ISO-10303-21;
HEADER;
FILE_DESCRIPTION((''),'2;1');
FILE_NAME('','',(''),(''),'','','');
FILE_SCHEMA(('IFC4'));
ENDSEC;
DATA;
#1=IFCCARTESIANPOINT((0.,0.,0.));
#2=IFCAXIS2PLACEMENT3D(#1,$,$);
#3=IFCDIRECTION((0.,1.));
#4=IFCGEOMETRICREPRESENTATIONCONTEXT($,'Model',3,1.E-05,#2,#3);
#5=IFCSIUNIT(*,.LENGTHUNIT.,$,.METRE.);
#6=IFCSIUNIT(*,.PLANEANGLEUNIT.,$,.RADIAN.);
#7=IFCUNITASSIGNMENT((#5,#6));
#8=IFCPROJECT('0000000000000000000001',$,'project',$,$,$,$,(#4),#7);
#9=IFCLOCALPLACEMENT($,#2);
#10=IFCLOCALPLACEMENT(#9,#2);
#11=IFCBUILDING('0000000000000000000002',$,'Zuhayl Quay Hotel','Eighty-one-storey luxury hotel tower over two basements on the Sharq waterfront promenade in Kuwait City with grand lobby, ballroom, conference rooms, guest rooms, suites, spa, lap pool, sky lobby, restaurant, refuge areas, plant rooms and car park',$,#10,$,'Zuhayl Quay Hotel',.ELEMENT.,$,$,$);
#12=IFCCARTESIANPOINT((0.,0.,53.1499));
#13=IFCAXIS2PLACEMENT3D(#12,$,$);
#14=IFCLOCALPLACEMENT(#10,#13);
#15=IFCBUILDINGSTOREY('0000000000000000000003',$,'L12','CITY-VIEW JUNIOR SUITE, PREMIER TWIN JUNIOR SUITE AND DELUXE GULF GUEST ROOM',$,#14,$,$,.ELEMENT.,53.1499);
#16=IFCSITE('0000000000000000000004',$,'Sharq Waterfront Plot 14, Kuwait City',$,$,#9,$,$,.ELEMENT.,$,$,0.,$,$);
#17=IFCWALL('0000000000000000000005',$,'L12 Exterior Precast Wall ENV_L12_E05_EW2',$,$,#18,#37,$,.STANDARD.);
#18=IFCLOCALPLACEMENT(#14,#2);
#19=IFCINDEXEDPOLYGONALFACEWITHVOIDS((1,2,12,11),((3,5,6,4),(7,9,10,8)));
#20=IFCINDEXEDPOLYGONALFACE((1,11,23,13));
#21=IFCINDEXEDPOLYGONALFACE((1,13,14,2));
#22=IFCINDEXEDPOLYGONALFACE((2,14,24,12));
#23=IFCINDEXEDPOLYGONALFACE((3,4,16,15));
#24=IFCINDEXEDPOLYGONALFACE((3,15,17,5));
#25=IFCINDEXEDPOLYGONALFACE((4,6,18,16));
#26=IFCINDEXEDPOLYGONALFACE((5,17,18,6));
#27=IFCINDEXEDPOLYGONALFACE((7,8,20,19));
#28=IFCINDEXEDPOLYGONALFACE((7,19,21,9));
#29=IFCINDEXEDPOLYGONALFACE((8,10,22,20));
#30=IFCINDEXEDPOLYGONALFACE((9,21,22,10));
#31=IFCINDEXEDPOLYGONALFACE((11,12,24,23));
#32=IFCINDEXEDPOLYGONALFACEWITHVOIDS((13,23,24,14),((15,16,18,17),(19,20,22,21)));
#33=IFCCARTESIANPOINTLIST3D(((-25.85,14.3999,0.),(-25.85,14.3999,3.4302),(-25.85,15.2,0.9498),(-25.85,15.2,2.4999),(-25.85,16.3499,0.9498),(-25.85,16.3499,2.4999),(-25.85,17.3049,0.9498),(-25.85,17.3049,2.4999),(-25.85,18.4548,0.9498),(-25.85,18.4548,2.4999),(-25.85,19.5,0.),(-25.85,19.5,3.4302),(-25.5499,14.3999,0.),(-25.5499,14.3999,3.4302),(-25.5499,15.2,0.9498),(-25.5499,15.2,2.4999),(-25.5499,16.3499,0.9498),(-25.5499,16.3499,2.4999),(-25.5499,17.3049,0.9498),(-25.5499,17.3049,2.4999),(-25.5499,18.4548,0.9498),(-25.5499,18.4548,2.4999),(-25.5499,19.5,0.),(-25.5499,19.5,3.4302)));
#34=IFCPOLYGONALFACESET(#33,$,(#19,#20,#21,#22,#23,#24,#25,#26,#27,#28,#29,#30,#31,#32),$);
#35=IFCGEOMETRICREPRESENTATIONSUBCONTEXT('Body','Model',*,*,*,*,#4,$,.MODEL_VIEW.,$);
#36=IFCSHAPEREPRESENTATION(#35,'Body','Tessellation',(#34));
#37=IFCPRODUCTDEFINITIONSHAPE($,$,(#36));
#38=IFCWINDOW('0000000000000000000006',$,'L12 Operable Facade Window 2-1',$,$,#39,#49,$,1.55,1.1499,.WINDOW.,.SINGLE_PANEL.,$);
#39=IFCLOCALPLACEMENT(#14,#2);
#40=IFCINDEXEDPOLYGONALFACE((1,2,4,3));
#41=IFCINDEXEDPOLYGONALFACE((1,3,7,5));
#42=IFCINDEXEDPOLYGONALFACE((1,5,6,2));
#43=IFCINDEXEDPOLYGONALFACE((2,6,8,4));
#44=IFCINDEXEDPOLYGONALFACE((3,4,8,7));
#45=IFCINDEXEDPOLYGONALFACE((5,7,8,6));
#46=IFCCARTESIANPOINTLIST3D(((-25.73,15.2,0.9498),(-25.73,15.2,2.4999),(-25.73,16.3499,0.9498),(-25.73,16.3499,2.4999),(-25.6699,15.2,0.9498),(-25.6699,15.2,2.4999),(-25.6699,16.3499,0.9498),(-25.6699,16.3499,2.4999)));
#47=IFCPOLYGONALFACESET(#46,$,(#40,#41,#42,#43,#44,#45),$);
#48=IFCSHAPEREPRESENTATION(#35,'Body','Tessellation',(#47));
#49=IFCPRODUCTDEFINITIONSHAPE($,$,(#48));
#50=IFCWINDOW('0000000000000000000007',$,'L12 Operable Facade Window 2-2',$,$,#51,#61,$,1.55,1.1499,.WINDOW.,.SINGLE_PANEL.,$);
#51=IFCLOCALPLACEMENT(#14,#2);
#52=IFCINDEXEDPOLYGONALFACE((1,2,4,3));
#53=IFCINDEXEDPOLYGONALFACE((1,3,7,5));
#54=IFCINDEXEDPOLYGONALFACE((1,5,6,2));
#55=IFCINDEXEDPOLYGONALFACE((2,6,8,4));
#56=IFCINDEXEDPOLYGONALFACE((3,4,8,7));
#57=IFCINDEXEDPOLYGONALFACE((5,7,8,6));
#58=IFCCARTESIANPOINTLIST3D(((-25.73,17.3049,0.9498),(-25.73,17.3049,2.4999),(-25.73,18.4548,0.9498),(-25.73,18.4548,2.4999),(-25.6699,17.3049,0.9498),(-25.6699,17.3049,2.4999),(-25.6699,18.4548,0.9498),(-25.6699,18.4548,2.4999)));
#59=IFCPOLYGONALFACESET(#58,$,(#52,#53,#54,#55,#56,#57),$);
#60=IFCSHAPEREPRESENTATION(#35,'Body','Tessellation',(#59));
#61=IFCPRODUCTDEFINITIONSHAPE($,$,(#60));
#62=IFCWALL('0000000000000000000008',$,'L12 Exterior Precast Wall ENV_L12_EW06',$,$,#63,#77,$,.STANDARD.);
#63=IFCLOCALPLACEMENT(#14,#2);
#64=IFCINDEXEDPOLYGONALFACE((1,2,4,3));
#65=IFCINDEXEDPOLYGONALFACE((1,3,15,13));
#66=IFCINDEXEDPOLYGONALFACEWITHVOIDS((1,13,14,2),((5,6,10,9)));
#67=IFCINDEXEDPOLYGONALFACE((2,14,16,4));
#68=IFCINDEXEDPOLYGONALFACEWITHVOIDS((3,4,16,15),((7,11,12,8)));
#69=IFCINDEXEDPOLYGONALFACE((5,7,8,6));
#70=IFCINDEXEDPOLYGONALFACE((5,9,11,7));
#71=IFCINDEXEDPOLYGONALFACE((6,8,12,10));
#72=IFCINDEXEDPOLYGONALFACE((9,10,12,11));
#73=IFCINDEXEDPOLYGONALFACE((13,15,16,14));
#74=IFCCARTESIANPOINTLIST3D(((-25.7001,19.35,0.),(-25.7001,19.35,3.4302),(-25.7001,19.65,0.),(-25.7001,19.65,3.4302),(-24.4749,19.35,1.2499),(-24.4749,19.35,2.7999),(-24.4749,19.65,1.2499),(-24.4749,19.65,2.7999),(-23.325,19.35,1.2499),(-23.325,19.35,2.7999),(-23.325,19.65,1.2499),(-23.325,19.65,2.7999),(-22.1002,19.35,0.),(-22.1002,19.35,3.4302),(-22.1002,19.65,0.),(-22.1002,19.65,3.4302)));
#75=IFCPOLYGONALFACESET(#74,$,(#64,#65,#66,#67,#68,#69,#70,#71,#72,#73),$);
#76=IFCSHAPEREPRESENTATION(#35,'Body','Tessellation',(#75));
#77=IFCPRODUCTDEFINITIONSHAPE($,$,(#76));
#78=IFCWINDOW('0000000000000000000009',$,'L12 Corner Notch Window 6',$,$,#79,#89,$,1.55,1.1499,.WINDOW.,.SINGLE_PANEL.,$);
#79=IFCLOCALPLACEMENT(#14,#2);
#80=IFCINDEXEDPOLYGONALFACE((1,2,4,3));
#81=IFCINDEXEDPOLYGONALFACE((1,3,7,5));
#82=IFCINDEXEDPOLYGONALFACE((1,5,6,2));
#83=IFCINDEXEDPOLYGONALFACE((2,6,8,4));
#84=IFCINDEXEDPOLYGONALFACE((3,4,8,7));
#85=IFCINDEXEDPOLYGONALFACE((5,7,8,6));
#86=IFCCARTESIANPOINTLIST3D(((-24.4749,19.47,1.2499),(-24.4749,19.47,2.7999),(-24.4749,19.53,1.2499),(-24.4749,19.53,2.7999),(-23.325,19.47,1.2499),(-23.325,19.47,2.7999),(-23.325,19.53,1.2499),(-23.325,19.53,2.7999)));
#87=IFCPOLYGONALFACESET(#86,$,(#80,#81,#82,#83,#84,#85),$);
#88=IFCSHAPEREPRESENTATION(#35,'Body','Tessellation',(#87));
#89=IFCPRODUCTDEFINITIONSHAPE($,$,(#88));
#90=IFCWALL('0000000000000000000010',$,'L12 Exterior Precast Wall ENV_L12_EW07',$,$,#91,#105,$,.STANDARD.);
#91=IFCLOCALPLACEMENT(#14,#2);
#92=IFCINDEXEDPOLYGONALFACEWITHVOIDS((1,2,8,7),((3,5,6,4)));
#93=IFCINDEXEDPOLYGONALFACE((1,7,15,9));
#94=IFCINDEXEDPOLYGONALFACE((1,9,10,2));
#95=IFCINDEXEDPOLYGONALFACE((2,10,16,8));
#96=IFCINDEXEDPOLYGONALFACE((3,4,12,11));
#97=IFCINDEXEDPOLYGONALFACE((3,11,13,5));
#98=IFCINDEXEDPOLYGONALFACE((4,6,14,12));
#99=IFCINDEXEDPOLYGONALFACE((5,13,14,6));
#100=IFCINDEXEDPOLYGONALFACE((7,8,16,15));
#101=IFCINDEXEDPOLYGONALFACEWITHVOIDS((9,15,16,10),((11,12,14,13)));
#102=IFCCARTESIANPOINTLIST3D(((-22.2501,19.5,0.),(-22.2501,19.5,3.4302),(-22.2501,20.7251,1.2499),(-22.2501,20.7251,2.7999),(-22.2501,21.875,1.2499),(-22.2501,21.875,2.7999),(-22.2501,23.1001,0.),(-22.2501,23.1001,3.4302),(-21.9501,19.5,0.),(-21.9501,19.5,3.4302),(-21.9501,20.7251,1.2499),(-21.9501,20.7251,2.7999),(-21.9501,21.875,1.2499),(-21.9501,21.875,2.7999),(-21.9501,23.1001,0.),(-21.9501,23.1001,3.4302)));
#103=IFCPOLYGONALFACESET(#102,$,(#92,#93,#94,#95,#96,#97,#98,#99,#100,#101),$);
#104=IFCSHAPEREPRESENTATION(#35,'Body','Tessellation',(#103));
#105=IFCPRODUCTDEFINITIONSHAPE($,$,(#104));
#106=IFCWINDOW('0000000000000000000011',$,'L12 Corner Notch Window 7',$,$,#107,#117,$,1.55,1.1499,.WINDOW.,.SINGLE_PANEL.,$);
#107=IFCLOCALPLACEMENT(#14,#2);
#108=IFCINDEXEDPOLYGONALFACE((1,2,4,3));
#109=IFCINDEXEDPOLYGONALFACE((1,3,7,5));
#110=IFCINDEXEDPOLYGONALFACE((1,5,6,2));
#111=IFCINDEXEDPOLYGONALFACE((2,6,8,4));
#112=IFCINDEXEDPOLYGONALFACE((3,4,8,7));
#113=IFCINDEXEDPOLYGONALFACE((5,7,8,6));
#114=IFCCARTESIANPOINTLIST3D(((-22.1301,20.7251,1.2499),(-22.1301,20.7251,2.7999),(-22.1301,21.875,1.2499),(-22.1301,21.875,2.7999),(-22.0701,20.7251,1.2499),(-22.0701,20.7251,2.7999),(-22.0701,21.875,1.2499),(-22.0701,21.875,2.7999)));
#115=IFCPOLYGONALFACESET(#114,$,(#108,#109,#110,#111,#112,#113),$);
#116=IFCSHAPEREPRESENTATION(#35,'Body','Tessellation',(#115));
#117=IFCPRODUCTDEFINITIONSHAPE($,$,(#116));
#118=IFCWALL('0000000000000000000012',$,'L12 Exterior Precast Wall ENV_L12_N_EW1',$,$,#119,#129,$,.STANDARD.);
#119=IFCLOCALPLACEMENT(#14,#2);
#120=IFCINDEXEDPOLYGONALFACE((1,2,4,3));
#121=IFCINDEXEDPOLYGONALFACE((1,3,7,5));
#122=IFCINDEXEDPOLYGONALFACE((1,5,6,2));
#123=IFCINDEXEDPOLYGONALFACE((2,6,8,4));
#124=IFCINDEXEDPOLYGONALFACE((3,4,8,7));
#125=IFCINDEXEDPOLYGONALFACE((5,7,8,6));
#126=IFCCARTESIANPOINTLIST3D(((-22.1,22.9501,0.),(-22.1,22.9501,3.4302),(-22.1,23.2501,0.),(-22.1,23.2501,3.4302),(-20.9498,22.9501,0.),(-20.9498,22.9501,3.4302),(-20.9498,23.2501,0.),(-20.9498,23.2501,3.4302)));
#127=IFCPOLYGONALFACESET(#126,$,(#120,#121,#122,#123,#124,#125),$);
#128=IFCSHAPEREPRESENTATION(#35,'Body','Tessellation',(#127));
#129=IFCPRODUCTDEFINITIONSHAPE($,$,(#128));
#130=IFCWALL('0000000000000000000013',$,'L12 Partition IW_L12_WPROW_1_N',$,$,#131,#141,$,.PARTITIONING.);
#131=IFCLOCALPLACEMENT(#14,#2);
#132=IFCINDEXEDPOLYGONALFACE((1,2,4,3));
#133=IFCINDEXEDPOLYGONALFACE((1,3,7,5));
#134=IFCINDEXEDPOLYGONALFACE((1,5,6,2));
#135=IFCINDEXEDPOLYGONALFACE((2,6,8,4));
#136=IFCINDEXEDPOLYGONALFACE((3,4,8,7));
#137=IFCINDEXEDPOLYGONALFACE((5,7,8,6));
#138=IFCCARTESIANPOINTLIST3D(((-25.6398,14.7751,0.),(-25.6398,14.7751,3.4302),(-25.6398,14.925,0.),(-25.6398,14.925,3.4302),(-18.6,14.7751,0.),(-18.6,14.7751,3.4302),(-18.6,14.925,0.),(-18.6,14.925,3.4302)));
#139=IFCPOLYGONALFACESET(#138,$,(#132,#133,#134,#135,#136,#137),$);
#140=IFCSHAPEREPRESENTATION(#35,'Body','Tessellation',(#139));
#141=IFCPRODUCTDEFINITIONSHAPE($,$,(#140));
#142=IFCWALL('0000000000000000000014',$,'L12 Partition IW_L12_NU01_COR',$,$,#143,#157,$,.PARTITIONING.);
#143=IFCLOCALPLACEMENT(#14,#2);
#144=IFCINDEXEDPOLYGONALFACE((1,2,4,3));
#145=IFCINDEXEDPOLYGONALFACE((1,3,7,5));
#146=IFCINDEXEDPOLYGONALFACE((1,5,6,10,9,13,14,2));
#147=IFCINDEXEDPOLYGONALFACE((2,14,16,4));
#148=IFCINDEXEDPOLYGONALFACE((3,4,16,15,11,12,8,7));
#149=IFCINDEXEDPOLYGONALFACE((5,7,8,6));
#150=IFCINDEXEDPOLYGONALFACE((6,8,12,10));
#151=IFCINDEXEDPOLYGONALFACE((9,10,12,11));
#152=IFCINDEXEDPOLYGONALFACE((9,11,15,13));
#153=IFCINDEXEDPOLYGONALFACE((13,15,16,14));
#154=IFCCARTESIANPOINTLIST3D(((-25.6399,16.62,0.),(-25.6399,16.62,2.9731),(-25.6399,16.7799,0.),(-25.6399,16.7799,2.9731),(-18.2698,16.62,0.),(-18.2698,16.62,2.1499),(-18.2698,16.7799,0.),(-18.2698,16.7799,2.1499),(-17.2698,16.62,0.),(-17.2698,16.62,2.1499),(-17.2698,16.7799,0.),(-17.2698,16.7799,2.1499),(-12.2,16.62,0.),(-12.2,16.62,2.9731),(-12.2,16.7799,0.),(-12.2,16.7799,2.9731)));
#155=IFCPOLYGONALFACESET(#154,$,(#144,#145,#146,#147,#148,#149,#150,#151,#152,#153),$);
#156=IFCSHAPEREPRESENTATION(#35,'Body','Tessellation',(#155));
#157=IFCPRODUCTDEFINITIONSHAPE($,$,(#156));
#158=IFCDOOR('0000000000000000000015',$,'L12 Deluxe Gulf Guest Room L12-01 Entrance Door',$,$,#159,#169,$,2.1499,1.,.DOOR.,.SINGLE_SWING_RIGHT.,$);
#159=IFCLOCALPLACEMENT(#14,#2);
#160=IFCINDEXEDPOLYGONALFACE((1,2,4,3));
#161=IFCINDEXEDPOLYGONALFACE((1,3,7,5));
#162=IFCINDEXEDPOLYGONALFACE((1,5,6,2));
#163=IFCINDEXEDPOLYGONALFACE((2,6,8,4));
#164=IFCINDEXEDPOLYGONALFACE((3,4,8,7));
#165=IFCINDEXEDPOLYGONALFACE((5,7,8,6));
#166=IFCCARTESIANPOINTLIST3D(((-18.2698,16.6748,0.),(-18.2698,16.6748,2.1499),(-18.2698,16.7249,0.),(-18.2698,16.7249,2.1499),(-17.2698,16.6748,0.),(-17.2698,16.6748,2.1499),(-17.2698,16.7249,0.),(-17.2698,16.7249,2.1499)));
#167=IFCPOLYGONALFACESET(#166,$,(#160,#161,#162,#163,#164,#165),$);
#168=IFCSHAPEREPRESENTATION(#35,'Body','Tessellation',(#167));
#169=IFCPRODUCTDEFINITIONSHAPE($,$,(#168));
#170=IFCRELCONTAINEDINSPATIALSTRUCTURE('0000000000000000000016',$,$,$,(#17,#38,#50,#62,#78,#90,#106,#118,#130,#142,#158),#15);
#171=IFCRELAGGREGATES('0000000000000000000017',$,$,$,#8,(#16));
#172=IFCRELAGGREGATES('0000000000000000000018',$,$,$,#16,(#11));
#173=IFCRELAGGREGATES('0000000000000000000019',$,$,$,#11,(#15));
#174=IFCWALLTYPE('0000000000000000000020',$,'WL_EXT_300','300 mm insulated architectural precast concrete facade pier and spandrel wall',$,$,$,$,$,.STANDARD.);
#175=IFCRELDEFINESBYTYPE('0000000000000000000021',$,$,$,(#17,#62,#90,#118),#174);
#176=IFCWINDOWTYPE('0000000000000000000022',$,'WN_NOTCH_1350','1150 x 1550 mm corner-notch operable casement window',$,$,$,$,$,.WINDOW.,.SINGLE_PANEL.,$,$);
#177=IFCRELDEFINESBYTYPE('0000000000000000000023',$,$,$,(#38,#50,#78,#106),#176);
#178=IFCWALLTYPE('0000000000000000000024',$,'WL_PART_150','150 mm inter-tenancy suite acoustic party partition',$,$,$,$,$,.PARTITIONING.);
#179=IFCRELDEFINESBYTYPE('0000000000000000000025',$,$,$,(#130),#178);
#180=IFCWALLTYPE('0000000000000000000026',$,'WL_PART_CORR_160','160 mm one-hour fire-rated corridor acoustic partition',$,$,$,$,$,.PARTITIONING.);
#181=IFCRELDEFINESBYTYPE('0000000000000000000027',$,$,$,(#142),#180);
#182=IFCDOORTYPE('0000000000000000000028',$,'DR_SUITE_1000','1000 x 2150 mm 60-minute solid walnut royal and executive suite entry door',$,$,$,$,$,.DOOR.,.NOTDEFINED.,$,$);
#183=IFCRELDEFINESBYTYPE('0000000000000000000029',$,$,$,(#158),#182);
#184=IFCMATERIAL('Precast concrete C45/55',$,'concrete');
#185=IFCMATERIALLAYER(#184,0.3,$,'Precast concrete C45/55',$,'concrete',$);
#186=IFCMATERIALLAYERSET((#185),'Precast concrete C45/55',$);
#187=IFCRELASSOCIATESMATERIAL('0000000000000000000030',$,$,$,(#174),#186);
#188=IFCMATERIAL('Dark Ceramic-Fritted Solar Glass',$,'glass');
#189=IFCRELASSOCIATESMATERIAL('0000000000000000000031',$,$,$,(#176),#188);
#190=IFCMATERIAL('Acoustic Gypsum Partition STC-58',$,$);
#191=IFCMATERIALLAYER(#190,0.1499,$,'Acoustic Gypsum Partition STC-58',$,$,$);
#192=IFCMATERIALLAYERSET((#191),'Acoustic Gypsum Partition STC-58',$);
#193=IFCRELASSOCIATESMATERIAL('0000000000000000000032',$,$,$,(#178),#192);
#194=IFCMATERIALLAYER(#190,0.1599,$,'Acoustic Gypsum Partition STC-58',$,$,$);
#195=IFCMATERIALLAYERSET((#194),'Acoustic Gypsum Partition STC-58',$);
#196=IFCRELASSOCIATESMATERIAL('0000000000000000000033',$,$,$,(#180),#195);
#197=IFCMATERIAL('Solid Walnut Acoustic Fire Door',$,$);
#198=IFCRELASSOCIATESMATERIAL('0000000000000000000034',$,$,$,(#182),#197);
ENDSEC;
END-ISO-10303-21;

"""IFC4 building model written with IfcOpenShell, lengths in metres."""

from ifc_helpers import new_model, si_unit, direction, frame, frame_2d, origin, place, context, subcontext, project, spatial, rectangle, extrude, material, layer, layer_set, type_object, element, fill, save


model = new_model("IFC4")

# Units and contexts
model_context = context("Model", 3, precision=1e-05, world=origin(), true_north=direction((0.0, 1.0)))
body_context = subcontext(model_context, "Body", "Model", "MODEL_VIEW")
ifc_project = project(units=[si_unit("LENGTHUNIT", "METRE"), si_unit("PLANEANGLEUNIT", "RADIAN")], contexts=[model_context])

# Site, building, storey
site_placement = place(None, origin())
site = spatial("IfcSite", under=ifc_project, at=site_placement, Name="Sharq Waterfront Plot 14, Kuwait City", CompositionType="ELEMENT", RefElevation=0.0)
building_placement = place(site_placement, origin())
building = spatial("IfcBuilding", under=site, at=building_placement, Name="Zuhayl Quay Hotel", Description="Eighty-one-storey luxury hotel tower over two basements on the Sharq waterfront promenade in Kuwait City with grand lobby, ballroom, conference rooms, guest rooms, suites, spa, lap pool, sky lobby, restaurant, refuge areas, plant rooms and car park", LongName="Zuhayl Quay Hotel", CompositionType="ELEMENT")
storey_placement = place(building_placement, frame((0.0, 0.0, 53.1499)))
storey = spatial("IfcBuildingStorey", under=building, at=storey_placement, Name="L12", Description="CITY-VIEW JUNIOR SUITE, PREMIER TWIN JUNIOR SUITE AND DELUXE GULF GUEST ROOM", CompositionType="ELEMENT", Elevation=53.1499)

# Wall, openings, windows
ifc_material_1 = material(Name="Precast concrete C45/55", Category="concrete")
ifc_layer_1 = layer(ifc_material_1, 0.3, Name="Precast concrete C45/55", Category="concrete")
ifc_layer_set_1 = layer_set([ifc_layer_1], Name="Precast concrete C45/55")
wall_type_1 = type_object("IfcWallType", Name="WL_EXT_300", Description="300 mm insulated architectural precast concrete facade pier and spandrel wall", PredefinedType="STANDARD", material=ifc_layer_set_1)
wall_1_placement = place(storey_placement, frame((-25.7, 14.3999, 0.0), z_axis=(0.0, 0.0, 1.0), x_axis=(0.0, 1.0, 0.0)))
wall_1 = element("IfcWall", 1, at=wall_1_placement, inside=storey, type_object=wall_type_1, Name="L12 Exterior Precast Wall ENV_L12_E05_EW2", PredefinedType="STANDARD", context=body_context, shape_type="SweptSolid", body=[
    extrude(rectangle(XDim=5.1001, YDim=0.3, at=frame_2d((2.55, 0.0))), origin(), (0.0, 0.0, 1.0), 3.4302),
])
opening_1_placement = place(wall_1_placement, frame((0.8, 0.0, 0.95)))
opening_1 = element("IfcOpeningElement", 2, at=opening_1_placement, cuts=wall_1, PredefinedType="OPENING", context=body_context, shape_type="SweptSolid", body=[
    extrude(rectangle(XDim=1.1499, YDim=1.55, at=frame_2d((0.575, 0.7749))), frame((0.0, 0.1599, 0.0), z_axis=(0.0, -1.0, 0.0), x_axis=(1.0, 0.0, 0.0)), (0.0, 0.0, 1.0), 0.3201),
])
opening_2_placement = place(wall_1_placement, frame((2.905, 0.0, 0.95)))
opening_2 = element("IfcOpeningElement", 3, at=opening_2_placement, cuts=wall_1, PredefinedType="OPENING", context=body_context, shape_type="SweptSolid", body=[
    extrude(rectangle(XDim=1.1499, YDim=1.55, at=frame_2d((0.575, 0.7749))), frame((0.0, 0.1599, 0.0), z_axis=(0.0, -1.0, 0.0), x_axis=(1.0, 0.0, 0.0)), (0.0, 0.0, 1.0), 0.3201),
])
ifc_material_2 = material(Name="Dark Ceramic-Fritted Solar Glass", Category="glass")
window_type = type_object("IfcWindowType", Name="WN_NOTCH_1350", Description="1150 x 1550 mm corner-notch operable casement window", PartitioningType="SINGLE_PANEL", PredefinedType="WINDOW", material=ifc_material_2)
window_1_placement = place(opening_1_placement, origin())
window_1 = element("IfcWindow", 4, at=window_1_placement, inside=storey, type_object=window_type, Name="L12 Operable Facade Window 2-1", OverallHeight=1.55, OverallWidth=1.1499, PartitioningType="SINGLE_PANEL", PredefinedType="WINDOW", context=body_context, shape_type="SweptSolid", body=[
    extrude(rectangle(XDim=1.1499, YDim=1.55, at=frame_2d((0.575, 0.7749))), frame((0.0, 0.03, 0.0), z_axis=(0.0, -1.0, 0.0), x_axis=(1.0, 0.0, 0.0)), (0.0, 0.0, 1.0), 0.0601),
])
fill(opening_1, window_1)
window_2_placement = place(opening_2_placement, origin())
window_2 = element("IfcWindow", 5, at=window_2_placement, inside=storey, type_object=window_type, Name="L12 Operable Facade Window 2-2", OverallHeight=1.55, OverallWidth=1.1499, PartitioningType="SINGLE_PANEL", PredefinedType="WINDOW", context=body_context, shape_type="SweptSolid", body=[
    extrude(rectangle(XDim=1.1499, YDim=1.55, at=frame_2d((0.575, 0.7749))), frame((0.0, 0.03, 0.0), z_axis=(0.0, -1.0, 0.0), x_axis=(1.0, 0.0, 0.0)), (0.0, 0.0, 1.0), 0.0601),
])
fill(opening_2, window_2)

# Walls, openings, windows
wall_2_placement = place(storey_placement, frame((-25.7, 19.5, 0.0), z_axis=(0.0, 0.0, 1.0), x_axis=(1.0, 0.0, 0.0)))
wall_2 = element("IfcWall", 6, at=wall_2_placement, inside=storey, type_object=wall_type_1, Name="L12 Exterior Precast Wall ENV_L12_EW06", PredefinedType="STANDARD", context=body_context, shape_type="SweptSolid", body=[
    extrude(rectangle(XDim=3.5999, YDim=0.3, at=frame_2d((1.7998, 0.0))), origin(), (0.0, 0.0, 1.0), 3.4302),
])
opening_3_placement = place(wall_2_placement, frame((1.2251, 0.0, 1.25)))
opening_3 = element("IfcOpeningElement", 7, at=opening_3_placement, cuts=wall_2, PredefinedType="OPENING", context=body_context, shape_type="SweptSolid", body=[
    extrude(rectangle(XDim=1.1499, YDim=1.55, at=frame_2d((0.575, 0.7749))), frame((0.0, 0.1599, 0.0), z_axis=(0.0, -1.0, 0.0), x_axis=(1.0, 0.0, 0.0)), (0.0, 0.0, 1.0), 0.3201),
])
window_3_placement = place(opening_3_placement, origin())
window_3 = element("IfcWindow", 8, at=window_3_placement, inside=storey, type_object=window_type, Name="L12 Corner Notch Window 6", OverallHeight=1.55, OverallWidth=1.1499, PartitioningType="SINGLE_PANEL", PredefinedType="WINDOW", context=body_context, shape_type="SweptSolid", body=[
    extrude(rectangle(XDim=1.1499, YDim=1.55, at=frame_2d((0.575, 0.7749))), frame((0.0, 0.03, 0.0), z_axis=(0.0, -1.0, 0.0), x_axis=(1.0, 0.0, 0.0)), (0.0, 0.0, 1.0), 0.0601),
])
fill(opening_3, window_3)
wall_3_placement = place(storey_placement, frame((-22.1001, 19.5, 0.0), z_axis=(0.0, 0.0, 1.0), x_axis=(0.0, 1.0, 0.0)))
wall_3 = element("IfcWall", 9, at=wall_3_placement, inside=storey, type_object=wall_type_1, Name="L12 Exterior Precast Wall ENV_L12_EW07", PredefinedType="STANDARD", context=body_context, shape_type="SweptSolid", body=[
    extrude(rectangle(XDim=3.6001, YDim=0.3, at=frame_2d((1.8, 0.0))), origin(), (0.0, 0.0, 1.0), 3.4302),
])
opening_4_placement = place(wall_3_placement, frame((1.2251, 0.0, 1.25)))
opening_4 = element("IfcOpeningElement", 10, at=opening_4_placement, cuts=wall_3, PredefinedType="OPENING", context=body_context, shape_type="SweptSolid", body=[
    extrude(rectangle(XDim=1.1499, YDim=1.55, at=frame_2d((0.575, 0.7749))), frame((0.0, 0.1599, 0.0), z_axis=(0.0, -1.0, 0.0), x_axis=(1.0, 0.0, 0.0)), (0.0, 0.0, 1.0), 0.3201),
])
window_4_placement = place(opening_4_placement, origin())
window_4 = element("IfcWindow", 11, at=window_4_placement, inside=storey, type_object=window_type, Name="L12 Corner Notch Window 7", OverallHeight=1.55, OverallWidth=1.1499, PartitioningType="SINGLE_PANEL", PredefinedType="WINDOW", context=body_context, shape_type="SweptSolid", body=[
    extrude(rectangle(XDim=1.1499, YDim=1.55, at=frame_2d((0.575, 0.7749))), frame((0.0, 0.03, 0.0), z_axis=(0.0, -1.0, 0.0), x_axis=(1.0, 0.0, 0.0)), (0.0, 0.0, 1.0), 0.0601),
])
fill(opening_4, window_4)

# Walls
wall_4_placement = place(storey_placement, frame((-22.1001, 23.1001, 0.0), z_axis=(0.0, 0.0, 1.0), x_axis=(1.0, 0.0, 0.0)))
element("IfcWall", 12, at=wall_4_placement, inside=storey, type_object=wall_type_1, Name="L12 Exterior Precast Wall ENV_L12_N_EW1", PredefinedType="STANDARD", context=body_context, shape_type="SweptSolid", body=[
    extrude(rectangle(XDim=1.1501, YDim=0.3, at=frame_2d((0.5752, 0.0))), origin(), (0.0, 0.0, 1.0), 3.4302),
])
ifc_material_3 = material(Name="Acoustic Gypsum Partition STC-58")
ifc_layer_2 = layer(ifc_material_3, 0.1499, Name="Acoustic Gypsum Partition STC-58")
ifc_layer_set_2 = layer_set([ifc_layer_2], Name="Acoustic Gypsum Partition STC-58")
wall_type_2 = type_object("IfcWallType", Name="WL_PART_150", Description="150 mm inter-tenancy suite acoustic party partition", PredefinedType="PARTITIONING", material=ifc_layer_set_2)
wall_5_placement = place(storey_placement, frame((-25.6399, 14.8501, 0.0), z_axis=(0.0, 0.0, 1.0), x_axis=(1.0, 0.0, 0.0)))
element("IfcWall", 13, at=wall_5_placement, inside=storey, type_object=wall_type_2, Name="L12 Partition IW_L12_WPROW_1_N", PredefinedType="PARTITIONING", context=body_context, shape_type="SweptSolid", body=[
    extrude(rectangle(XDim=7.0398, YDim=0.1499, at=frame_2d((3.52, 0.0))), origin(), (0.0, 0.0, 1.0), 3.4302),
])

# Wall, opening, door
ifc_layer_3 = layer(ifc_material_3, 0.1599, Name="Acoustic Gypsum Partition STC-58")
ifc_layer_set_3 = layer_set([ifc_layer_3], Name="Acoustic Gypsum Partition STC-58")
wall_type_3 = type_object("IfcWallType", Name="WL_PART_CORR_160", Description="160 mm one-hour fire-rated corridor acoustic partition", PredefinedType="PARTITIONING", material=ifc_layer_set_3)
wall_6_placement = place(storey_placement, frame((-25.6399, 16.7, 0.0), z_axis=(0.0, 0.0, 1.0), x_axis=(1.0, 0.0, 0.0)))
wall_6 = element("IfcWall", 14, at=wall_6_placement, inside=storey, type_object=wall_type_3, Name="L12 Partition IW_L12_NU01_COR", PredefinedType="PARTITIONING", context=body_context, shape_type="SweptSolid", body=[
    extrude(rectangle(XDim=13.4399, YDim=0.1599, at=frame_2d((6.72, 0.0))), origin(), (0.0, 0.0, 1.0), 2.9731),
])
opening_5_placement = place(wall_6_placement, frame((7.3701, 0.0, 0.0)))
opening_5 = element("IfcOpeningElement", 15, at=opening_5_placement, cuts=wall_6, PredefinedType="OPENING", context=body_context, shape_type="SweptSolid", body=[
    extrude(rectangle(XDim=1.0, YDim=2.1499, at=frame_2d((0.5, 1.075))), frame((0.0, 0.0898, 0.0), z_axis=(0.0, -1.0, 0.0), x_axis=(1.0, 0.0, 0.0)), (0.0, 0.0, 1.0), 0.1799),
])
ifc_material_4 = material(Name="Solid Walnut Acoustic Fire Door")
door_type_1 = type_object("IfcDoorType", Name="DR_SUITE_1000", Description="1000 x 2150 mm 60-minute solid walnut royal and executive suite entry door", OperationType="NOTDEFINED", PredefinedType="DOOR", material=ifc_material_4)
door_1_placement = place(opening_5_placement, origin())
door_1 = element("IfcDoor", 16, at=door_1_placement, inside=storey, type_object=door_type_1, Name="L12 Deluxe Gulf Guest Room L12-01 Entrance Door", OperationType="SINGLE_SWING_RIGHT", OverallHeight=2.1499, OverallWidth=1.0, PredefinedType="DOOR", context=body_context, shape_type="SweptSolid", body=[
    extrude(rectangle(XDim=1.0, YDim=2.1499, at=frame_2d((0.5, 1.075))), frame((0.0, 0.0249, 0.0), z_axis=(0.0, -1.0, 0.0), x_axis=(1.0, 0.0, 0.0)), (0.0, 0.0, 1.0), 0.05),
])
fill(opening_5, door_1)

save(model, "model.ifc")
